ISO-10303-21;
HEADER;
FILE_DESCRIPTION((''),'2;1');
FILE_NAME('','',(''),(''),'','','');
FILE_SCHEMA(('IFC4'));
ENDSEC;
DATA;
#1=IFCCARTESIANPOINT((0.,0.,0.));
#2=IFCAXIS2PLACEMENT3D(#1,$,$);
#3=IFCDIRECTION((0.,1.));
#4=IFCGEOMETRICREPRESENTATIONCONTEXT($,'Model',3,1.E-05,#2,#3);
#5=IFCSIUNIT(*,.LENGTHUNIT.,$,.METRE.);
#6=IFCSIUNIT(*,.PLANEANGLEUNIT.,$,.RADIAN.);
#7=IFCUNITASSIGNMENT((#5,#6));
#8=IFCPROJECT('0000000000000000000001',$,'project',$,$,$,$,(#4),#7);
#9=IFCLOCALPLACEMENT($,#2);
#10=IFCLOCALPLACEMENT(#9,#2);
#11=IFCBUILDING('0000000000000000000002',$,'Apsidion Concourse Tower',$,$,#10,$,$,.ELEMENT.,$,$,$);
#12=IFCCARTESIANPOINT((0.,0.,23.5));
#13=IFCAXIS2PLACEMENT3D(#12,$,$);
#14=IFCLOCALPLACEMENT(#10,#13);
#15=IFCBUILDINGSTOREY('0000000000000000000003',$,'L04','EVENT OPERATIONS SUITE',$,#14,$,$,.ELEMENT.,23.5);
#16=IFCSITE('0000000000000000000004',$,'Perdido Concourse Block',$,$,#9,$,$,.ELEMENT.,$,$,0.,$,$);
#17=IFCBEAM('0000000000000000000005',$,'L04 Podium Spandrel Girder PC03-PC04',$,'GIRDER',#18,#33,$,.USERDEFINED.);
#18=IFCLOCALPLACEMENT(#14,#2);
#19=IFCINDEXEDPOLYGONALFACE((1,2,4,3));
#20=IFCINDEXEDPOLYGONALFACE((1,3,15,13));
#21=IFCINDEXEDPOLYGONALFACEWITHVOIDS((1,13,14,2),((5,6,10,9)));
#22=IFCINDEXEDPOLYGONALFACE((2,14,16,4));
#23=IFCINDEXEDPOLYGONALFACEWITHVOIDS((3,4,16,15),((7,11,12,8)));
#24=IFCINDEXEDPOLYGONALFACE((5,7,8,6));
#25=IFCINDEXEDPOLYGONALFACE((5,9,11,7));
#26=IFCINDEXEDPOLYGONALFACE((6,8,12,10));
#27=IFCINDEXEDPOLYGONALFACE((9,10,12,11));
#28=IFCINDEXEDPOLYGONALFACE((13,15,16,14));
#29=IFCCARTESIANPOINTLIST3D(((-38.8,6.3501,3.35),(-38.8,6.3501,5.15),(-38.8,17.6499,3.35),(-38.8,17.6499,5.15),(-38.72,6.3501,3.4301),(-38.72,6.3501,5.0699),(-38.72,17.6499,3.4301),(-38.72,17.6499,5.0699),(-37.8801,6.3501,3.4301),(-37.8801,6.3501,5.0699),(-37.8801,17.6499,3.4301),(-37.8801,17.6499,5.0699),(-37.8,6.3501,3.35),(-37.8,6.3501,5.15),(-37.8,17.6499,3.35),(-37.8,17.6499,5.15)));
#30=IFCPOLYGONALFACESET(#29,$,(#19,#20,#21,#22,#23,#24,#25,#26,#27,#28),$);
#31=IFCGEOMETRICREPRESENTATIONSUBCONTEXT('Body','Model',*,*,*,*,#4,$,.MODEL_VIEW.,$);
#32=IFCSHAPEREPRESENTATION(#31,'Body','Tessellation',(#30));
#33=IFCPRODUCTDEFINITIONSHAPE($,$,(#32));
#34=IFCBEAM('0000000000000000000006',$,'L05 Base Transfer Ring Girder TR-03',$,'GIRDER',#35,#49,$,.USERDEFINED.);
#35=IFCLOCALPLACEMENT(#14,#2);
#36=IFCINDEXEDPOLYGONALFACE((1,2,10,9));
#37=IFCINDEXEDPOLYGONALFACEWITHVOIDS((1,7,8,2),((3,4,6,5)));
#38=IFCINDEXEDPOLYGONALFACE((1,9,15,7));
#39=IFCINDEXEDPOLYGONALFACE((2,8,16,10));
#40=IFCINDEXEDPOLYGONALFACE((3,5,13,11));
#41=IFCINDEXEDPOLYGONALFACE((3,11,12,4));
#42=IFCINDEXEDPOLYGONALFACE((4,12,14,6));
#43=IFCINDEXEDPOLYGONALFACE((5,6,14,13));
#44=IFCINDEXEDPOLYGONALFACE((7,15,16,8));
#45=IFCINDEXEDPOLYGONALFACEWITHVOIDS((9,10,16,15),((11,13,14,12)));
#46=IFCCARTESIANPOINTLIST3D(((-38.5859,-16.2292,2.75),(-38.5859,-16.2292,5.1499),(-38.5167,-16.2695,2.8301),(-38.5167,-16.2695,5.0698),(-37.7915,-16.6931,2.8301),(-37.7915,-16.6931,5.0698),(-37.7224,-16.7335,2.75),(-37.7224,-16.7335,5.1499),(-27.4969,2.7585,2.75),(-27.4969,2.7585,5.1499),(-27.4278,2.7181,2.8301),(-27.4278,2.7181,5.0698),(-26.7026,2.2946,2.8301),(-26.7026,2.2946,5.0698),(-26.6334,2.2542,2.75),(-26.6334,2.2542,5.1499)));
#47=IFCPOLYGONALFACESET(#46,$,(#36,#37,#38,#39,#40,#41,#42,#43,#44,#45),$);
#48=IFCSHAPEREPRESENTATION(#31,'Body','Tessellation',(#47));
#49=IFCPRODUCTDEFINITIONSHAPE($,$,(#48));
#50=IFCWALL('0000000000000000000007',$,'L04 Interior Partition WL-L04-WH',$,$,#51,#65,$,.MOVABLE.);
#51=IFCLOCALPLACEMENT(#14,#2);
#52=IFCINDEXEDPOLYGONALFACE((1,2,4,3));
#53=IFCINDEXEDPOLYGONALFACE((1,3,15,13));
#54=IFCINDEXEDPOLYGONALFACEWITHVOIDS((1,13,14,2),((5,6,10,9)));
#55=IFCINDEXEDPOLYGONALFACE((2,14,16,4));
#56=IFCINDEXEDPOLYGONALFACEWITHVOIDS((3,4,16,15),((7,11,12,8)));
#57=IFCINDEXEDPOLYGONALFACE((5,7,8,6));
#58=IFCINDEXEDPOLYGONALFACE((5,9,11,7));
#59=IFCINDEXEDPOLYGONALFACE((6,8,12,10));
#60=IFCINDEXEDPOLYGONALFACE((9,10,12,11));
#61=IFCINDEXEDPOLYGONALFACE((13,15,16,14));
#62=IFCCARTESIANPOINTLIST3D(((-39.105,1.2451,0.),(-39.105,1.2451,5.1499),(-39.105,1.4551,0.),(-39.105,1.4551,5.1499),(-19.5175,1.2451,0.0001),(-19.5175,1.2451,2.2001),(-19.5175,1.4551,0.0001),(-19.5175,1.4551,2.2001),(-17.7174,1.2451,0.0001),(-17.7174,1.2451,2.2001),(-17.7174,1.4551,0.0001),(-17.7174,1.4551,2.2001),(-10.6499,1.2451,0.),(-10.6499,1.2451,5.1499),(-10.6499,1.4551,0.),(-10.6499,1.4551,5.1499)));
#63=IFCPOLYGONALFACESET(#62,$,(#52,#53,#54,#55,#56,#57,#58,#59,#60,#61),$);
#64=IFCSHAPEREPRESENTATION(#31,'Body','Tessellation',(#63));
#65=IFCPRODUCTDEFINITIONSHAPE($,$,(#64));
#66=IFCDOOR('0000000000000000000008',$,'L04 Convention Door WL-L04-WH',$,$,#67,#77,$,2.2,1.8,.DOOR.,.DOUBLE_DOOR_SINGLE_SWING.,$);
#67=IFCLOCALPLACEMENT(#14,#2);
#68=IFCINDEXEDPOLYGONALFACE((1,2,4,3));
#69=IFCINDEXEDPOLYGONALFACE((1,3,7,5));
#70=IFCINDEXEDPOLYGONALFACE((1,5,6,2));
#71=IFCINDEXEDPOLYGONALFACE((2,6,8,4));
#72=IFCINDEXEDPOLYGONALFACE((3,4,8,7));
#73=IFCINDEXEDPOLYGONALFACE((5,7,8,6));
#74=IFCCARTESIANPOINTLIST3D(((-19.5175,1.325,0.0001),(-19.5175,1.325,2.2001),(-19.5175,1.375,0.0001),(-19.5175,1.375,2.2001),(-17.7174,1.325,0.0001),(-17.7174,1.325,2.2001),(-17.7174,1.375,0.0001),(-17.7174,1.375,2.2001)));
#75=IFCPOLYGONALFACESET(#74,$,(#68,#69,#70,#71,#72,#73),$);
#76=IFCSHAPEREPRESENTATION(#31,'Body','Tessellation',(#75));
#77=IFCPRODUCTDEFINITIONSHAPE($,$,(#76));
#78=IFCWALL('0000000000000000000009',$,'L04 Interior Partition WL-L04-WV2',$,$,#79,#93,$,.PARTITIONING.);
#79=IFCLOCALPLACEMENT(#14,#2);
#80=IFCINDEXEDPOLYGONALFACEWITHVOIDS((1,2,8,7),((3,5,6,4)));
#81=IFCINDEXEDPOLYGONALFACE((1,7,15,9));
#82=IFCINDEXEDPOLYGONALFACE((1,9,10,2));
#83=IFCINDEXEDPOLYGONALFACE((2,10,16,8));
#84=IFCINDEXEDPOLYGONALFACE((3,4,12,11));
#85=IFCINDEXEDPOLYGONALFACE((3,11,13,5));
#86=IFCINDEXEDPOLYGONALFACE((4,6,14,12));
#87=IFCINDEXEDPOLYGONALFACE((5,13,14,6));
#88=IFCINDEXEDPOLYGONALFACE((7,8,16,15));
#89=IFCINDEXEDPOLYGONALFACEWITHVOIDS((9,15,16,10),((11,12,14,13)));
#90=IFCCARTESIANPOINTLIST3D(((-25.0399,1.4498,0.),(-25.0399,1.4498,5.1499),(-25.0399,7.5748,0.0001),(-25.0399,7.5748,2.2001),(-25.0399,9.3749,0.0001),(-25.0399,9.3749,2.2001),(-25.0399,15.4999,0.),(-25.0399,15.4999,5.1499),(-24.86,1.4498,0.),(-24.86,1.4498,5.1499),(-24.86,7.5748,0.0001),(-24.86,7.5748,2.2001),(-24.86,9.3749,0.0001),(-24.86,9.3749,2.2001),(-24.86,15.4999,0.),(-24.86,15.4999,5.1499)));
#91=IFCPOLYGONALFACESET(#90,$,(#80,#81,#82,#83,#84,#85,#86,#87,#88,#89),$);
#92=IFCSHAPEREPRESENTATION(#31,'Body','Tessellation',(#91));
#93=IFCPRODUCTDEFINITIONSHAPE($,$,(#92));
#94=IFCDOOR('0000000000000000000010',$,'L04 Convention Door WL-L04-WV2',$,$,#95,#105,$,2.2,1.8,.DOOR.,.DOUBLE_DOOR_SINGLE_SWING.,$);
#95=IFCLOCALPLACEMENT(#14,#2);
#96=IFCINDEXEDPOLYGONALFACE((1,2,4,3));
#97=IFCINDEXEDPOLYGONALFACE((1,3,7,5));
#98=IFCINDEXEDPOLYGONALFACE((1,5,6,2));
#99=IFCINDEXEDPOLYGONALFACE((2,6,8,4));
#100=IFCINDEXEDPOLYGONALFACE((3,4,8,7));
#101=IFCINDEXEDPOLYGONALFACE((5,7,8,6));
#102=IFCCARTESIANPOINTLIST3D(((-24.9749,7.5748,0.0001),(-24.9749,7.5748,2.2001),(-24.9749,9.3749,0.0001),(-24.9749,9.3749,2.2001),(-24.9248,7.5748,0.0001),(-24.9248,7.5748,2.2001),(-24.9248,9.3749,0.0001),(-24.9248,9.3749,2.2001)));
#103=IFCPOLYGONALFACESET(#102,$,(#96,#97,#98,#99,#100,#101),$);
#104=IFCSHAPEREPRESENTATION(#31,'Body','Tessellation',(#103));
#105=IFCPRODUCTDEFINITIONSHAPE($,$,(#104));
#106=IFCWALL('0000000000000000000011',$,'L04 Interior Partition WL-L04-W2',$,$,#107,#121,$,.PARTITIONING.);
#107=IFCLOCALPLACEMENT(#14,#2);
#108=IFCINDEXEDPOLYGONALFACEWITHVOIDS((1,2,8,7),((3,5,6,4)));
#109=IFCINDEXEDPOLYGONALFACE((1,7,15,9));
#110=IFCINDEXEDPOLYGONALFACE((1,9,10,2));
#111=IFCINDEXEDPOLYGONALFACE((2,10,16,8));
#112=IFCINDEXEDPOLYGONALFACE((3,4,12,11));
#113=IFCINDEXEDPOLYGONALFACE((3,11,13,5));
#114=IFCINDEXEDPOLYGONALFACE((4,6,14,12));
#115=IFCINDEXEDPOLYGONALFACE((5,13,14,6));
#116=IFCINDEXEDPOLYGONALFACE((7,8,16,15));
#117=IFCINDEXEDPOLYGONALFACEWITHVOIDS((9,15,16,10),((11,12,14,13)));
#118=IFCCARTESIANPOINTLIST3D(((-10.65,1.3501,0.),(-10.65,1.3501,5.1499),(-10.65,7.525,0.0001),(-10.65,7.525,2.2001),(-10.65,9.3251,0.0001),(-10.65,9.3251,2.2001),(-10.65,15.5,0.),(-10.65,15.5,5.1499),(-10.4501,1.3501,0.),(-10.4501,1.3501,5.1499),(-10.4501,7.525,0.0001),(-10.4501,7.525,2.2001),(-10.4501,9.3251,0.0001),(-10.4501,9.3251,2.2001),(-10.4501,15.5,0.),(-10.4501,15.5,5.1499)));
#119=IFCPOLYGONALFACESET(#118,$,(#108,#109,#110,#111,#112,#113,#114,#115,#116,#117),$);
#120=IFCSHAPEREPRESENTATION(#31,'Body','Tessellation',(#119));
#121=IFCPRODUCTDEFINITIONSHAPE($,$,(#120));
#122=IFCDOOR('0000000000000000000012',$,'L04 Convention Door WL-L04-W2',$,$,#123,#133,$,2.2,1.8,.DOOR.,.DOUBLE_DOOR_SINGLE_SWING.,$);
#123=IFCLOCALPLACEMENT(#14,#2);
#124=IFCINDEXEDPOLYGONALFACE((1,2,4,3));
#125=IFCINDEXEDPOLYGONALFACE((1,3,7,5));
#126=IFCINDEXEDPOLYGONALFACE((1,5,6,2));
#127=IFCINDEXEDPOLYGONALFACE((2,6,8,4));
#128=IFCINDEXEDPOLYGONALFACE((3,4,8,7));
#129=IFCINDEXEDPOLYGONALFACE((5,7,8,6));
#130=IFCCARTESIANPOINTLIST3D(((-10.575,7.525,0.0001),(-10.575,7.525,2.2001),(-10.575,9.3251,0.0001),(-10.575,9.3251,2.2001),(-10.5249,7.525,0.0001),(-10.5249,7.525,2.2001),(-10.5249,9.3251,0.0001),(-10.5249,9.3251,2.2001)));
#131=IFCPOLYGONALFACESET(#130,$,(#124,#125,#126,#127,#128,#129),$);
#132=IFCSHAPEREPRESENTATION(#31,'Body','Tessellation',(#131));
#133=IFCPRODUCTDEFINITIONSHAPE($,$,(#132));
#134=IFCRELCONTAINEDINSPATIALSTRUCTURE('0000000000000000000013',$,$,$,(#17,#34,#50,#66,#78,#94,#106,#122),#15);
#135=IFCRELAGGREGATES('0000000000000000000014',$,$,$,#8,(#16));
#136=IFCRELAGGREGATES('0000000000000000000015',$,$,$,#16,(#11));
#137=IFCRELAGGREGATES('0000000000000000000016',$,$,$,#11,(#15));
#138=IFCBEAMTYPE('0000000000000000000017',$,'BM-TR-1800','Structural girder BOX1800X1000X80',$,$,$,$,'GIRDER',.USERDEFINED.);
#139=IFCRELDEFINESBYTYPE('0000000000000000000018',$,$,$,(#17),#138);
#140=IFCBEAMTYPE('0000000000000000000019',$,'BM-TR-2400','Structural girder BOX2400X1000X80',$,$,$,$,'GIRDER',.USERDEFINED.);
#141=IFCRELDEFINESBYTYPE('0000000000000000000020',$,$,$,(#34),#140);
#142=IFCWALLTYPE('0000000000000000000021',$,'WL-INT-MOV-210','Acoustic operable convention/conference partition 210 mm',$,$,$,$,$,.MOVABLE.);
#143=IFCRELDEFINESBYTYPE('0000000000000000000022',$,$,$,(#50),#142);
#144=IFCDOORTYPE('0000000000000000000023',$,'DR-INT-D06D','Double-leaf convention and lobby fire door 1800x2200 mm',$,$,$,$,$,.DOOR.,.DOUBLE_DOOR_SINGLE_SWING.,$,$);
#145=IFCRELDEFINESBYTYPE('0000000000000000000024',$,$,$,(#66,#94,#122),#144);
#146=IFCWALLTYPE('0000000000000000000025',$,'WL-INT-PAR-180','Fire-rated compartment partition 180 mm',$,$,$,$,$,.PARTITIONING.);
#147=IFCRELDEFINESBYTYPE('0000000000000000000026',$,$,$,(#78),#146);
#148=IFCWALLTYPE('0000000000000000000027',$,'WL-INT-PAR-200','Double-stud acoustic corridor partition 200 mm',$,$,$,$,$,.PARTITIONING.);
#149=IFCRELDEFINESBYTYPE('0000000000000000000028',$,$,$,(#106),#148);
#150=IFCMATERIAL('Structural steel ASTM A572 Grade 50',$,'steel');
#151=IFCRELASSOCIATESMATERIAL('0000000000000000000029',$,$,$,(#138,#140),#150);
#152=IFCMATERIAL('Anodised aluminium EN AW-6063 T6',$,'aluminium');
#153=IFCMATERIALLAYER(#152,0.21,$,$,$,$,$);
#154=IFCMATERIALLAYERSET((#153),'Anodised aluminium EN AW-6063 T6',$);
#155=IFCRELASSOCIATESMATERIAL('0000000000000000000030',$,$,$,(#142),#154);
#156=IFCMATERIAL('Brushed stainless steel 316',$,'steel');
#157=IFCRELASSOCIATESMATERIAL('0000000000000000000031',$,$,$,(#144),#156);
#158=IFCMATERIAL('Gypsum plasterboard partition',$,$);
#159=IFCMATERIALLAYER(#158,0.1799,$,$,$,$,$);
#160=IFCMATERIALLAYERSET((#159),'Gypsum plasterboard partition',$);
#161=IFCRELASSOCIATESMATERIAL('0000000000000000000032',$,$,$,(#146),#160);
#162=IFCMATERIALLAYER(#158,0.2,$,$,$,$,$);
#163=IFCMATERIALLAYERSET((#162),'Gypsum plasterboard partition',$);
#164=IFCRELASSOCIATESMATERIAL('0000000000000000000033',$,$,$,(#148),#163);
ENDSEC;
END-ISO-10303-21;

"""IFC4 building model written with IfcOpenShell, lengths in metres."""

from ifc_helpers import new_model, si_unit, direction, frame, frame_2d, origin, origin_2d, place, context, subcontext, project, spatial, rectangle, hollow_rectangle, extrude, material, layer, layer_set, material_profile, profile_set, type_object, element, fill, save


model = new_model("IFC4")

# Units and contexts
model_context = context("Model", 3, precision=1e-05, world=origin(), true_north=direction((0.0, 1.0)))
body_context = subcontext(model_context, "Body", "Model", "MODEL_VIEW")
ifc_project = project(units=[si_unit("LENGTHUNIT", "METRE"), si_unit("PLANEANGLEUNIT", "RADIAN")], contexts=[model_context])

# Site, building, storey
site_placement = place(None, origin())
site = spatial("IfcSite", under=ifc_project, at=site_placement, Name="Perdido Concourse Block", CompositionType="ELEMENT", RefElevation=0.0)
building_placement = place(site_placement, origin())
building = spatial("IfcBuilding", under=site, at=building_placement, Name="Apsidion Concourse Tower", CompositionType="ELEMENT")
storey_placement = place(building_placement, frame((0.0, 0.0, 23.5)))
storey = spatial("IfcBuildingStorey", under=building, at=storey_placement, Name="L04", Description="EVENT OPERATIONS SUITE", CompositionType="ELEMENT", Elevation=23.5)

# Shared definitions
ifc_material_1 = material(Name="Structural steel ASTM A572 Grade 50", Category="steel")

# Beams
ifc_material_profile_1 = material_profile(ifc_material_1, hollow_rectangle(XDim=1.0, YDim=1.8, WallThickness=0.0801, at=origin_2d()), Name="BOX1800X1000X80")
ifc_profile_set_1 = profile_set([ifc_material_profile_1], Name="Structural steel ASTM A572 Grade 50")
beam_type_1 = type_object("IfcBeamType", Name="BM-TR-1800", Description="Structural girder BOX1800X1000X80", ElementType="GIRDER", PredefinedType="USERDEFINED", material=ifc_profile_set_1)
beam_1_placement = place(storey_placement, frame((-38.3, 6.3501, 4.25), z_axis=(0.0, 1.0, 0.0), x_axis=(-1.0, 0.0, 0.0)))
element("IfcBeam", 1, at=beam_1_placement, inside=storey, type_object=beam_type_1, Name="L04 Podium Spandrel Girder PC03-PC04", ObjectType="GIRDER", PredefinedType="USERDEFINED", context=body_context, shape_type="SweptSolid", body=[
    extrude(hollow_rectangle(XDim=1.0, YDim=1.8, WallThickness=0.0801, at=origin_2d()), origin(), (0.0, 0.0, 1.0), 11.2998),
])
ifc_material_profile_2 = material_profile(ifc_material_1, hollow_rectangle(XDim=1.0, YDim=2.3999, WallThickness=0.0801, at=origin_2d()), Name="BOX2400X1000X80")
ifc_profile_set_2 = profile_set([ifc_material_profile_2], Name="Structural steel ASTM A572 Grade 50")
beam_type_2 = type_object("IfcBeamType", Name="BM-TR-2400", Description="Structural girder BOX2400X1000X80", ElementType="GIRDER", PredefinedType="USERDEFINED", material=ifc_profile_set_2)
beam_2_placement = place(storey_placement, frame((-27.0652, 2.5063, 3.95), z_axis=(-0.504305, -0.863525, 0.0), x_axis=(0.863525, -0.504305, 0.0)))
element("IfcBeam", 2, at=beam_2_placement, inside=storey, type_object=beam_type_2, Name="L05 Base Transfer Ring Girder TR-03", ObjectType="GIRDER", PredefinedType="USERDEFINED", context=body_context, shape_type="SweptSolid", body=[
    extrude(hollow_rectangle(XDim=1.0, YDim=2.3999, WallThickness=0.0801, at=origin_2d()), origin(), (0.0, 0.0, 1.0), 21.9885),
])

# Walls, openings, doors
ifc_material_2 = material(Name="Anodised aluminium EN AW-6063 T6", Category="aluminium")
ifc_layer_1 = layer(ifc_material_2, 0.21)
ifc_layer_set_1 = layer_set([ifc_layer_1], Name="Anodised aluminium EN AW-6063 T6")
wall_type_1 = type_object("IfcWallType", Name="WL-INT-MOV-210", Description="Acoustic operable convention/conference partition 210 mm", PredefinedType="MOVABLE", material=ifc_layer_set_1)
wall_1_placement = place(storey_placement, frame((-39.105, 1.3501, 0.0), z_axis=(0.0, 0.0, 1.0), x_axis=(1.0, 0.0, 0.0)))
wall_1 = element("IfcWall", 3, at=wall_1_placement, inside=storey, type_object=wall_type_1, Name="L04 Interior Partition WL-L04-WH", PredefinedType="MOVABLE", context=body_context, shape_type="SweptSolid", body=[
    extrude(rectangle(XDim=28.4551, YDim=0.21, at=frame_2d((14.2275, 0.0))), origin(), (0.0, 0.0, 1.0), 5.1499),
])
opening_1_placement = place(wall_1_placement, frame((19.5876, 0.0, 0.0)))
opening_1 = element("IfcOpeningElement", 4, at=opening_1_placement, cuts=wall_1, PredefinedType="OPENING", context=body_context, shape_type="SweptSolid", body=[
    extrude(rectangle(XDim=1.8, YDim=2.2, at=frame_2d((0.8999, 1.1001))), frame((0.0, 0.115, 0.0), z_axis=(0.0, -1.0, 0.0), x_axis=(1.0, 0.0, 0.0)), (0.0, 0.0, 1.0), 0.23),
])
ifc_material_3 = material(Name="Brushed stainless steel 316", Category="steel")
door_type_1 = type_object("IfcDoorType", Name="DR-INT-D06D", Description="Double-leaf convention and lobby fire door 1800x2200 mm", OperationType="DOUBLE_DOOR_SINGLE_SWING", PredefinedType="DOOR", material=ifc_material_3)
door_1_placement = place(opening_1_placement, origin())
door_1 = element("IfcDoor", 5, at=door_1_placement, inside=storey, type_object=door_type_1, Name="L04 Convention Door WL-L04-WH", OperationType="DOUBLE_DOOR_SINGLE_SWING", OverallHeight=2.2, OverallWidth=1.8, PredefinedType="DOOR", context=body_context, shape_type="SweptSolid", body=[
    extrude(rectangle(XDim=1.8, YDim=2.2, at=frame_2d((0.8999, 1.1001))), frame((0.0, 0.0249, 0.0), z_axis=(0.0, -1.0, 0.0), x_axis=(1.0, 0.0, 0.0)), (0.0, 0.0, 1.0), 0.05),
])
fill(opening_1, door_1)
ifc_material_4 = material(Name="Gypsum plasterboard partition")
ifc_layer_2 = layer(ifc_material_4, 0.1799)
ifc_layer_set_2 = layer_set([ifc_layer_2], Name="Gypsum plasterboard partition")
wall_type_2 = type_object("IfcWallType", Name="WL-INT-PAR-180", Description="Fire-rated compartment partition 180 mm", PredefinedType="PARTITIONING", material=ifc_layer_set_2)
wall_2_placement = place(storey_placement, frame((-24.95, 1.45, 0.0), z_axis=(0.0, 0.0, 1.0), x_axis=(0.0, 1.0, 0.0)))
wall_2 = element("IfcWall", 6, at=wall_2_placement, inside=storey, type_object=wall_type_2, Name="L04 Interior Partition WL-L04-WV2", PredefinedType="PARTITIONING", context=body_context, shape_type="SweptSolid", body=[
    extrude(rectangle(XDim=14.05, YDim=0.1799, at=frame_2d((7.0249, 0.0))), origin(), (0.0, 0.0, 1.0), 5.1499),
])
opening_2_placement = place(wall_2_placement, frame((6.125, 0.0, 0.0)))
opening_2 = element("IfcOpeningElement", 7, at=opening_2_placement, cuts=wall_2, PredefinedType="OPENING", context=body_context, shape_type="SweptSolid", body=[
    extrude(rectangle(XDim=1.8, YDim=2.2, at=frame_2d((0.8999, 1.1001))), frame((0.0, 0.1001, 0.0), z_axis=(0.0, -1.0, 0.0), x_axis=(1.0, 0.0, 0.0)), (0.0, 0.0, 1.0), 0.2),
])
door_2_placement = place(opening_2_placement, origin())
door_2 = element("IfcDoor", 8, at=door_2_placement, inside=storey, type_object=door_type_1, Name="L04 Convention Door WL-L04-WV2", OperationType="DOUBLE_DOOR_SINGLE_SWING", OverallHeight=2.2, OverallWidth=1.8, PredefinedType="DOOR", context=body_context, shape_type="SweptSolid", body=[
    extrude(rectangle(XDim=1.8, YDim=2.2, at=frame_2d((0.8999, 1.1001))), frame((0.0, 0.0249, 0.0), z_axis=(0.0, -1.0, 0.0), x_axis=(1.0, 0.0, 0.0)), (0.0, 0.0, 1.0), 0.05),
])
fill(opening_2, door_2)
ifc_layer_3 = layer(ifc_material_4, 0.2)
ifc_layer_set_3 = layer_set([ifc_layer_3], Name="Gypsum plasterboard partition")
wall_type_3 = type_object("IfcWallType", Name="WL-INT-PAR-200", Description="Double-stud acoustic corridor partition 200 mm", PredefinedType="PARTITIONING", material=ifc_layer_set_3)
wall_3_placement = place(storey_placement, frame((-10.55, 1.3501, 0.0), z_axis=(0.0, 0.0, 1.0), x_axis=(0.0, 1.0, 0.0)))
wall_3 = element("IfcWall", 9, at=wall_3_placement, inside=storey, type_object=wall_type_3, Name="L04 Interior Partition WL-L04-W2", PredefinedType="PARTITIONING", context=body_context, shape_type="SweptSolid", body=[
    extrude(rectangle(XDim=14.1499, YDim=0.2, at=frame_2d((7.075, 0.0))), origin(), (0.0, 0.0, 1.0), 5.1499),
])
opening_3_placement = place(wall_3_placement, frame((6.175, 0.0, 0.0)))
opening_3 = element("IfcOpeningElement", 10, at=opening_3_placement, cuts=wall_3, PredefinedType="OPENING", context=body_context, shape_type="SweptSolid", body=[
    extrude(rectangle(XDim=1.8, YDim=2.2, at=frame_2d((0.8999, 1.1001))), frame((0.0, 0.1099, 0.0), z_axis=(0.0, -1.0, 0.0), x_axis=(1.0, 0.0, 0.0)), (0.0, 0.0, 1.0), 0.22),
])
door_3_placement = place(opening_3_placement, origin())
door_3 = element("IfcDoor", 11, at=door_3_placement, inside=storey, type_object=door_type_1, Name="L04 Convention Door WL-L04-W2", OperationType="DOUBLE_DOOR_SINGLE_SWING", OverallHeight=2.2, OverallWidth=1.8, PredefinedType="DOOR", context=body_context, shape_type="SweptSolid", body=[
    extrude(rectangle(XDim=1.8, YDim=2.2, at=frame_2d((0.8999, 1.1001))), frame((0.0, 0.0249, 0.0), z_axis=(0.0, -1.0, 0.0), x_axis=(1.0, 0.0, 0.0)), (0.0, 0.0, 1.0), 0.05),
])
fill(opening_3, door_3)

save(model, "model.ifc")
